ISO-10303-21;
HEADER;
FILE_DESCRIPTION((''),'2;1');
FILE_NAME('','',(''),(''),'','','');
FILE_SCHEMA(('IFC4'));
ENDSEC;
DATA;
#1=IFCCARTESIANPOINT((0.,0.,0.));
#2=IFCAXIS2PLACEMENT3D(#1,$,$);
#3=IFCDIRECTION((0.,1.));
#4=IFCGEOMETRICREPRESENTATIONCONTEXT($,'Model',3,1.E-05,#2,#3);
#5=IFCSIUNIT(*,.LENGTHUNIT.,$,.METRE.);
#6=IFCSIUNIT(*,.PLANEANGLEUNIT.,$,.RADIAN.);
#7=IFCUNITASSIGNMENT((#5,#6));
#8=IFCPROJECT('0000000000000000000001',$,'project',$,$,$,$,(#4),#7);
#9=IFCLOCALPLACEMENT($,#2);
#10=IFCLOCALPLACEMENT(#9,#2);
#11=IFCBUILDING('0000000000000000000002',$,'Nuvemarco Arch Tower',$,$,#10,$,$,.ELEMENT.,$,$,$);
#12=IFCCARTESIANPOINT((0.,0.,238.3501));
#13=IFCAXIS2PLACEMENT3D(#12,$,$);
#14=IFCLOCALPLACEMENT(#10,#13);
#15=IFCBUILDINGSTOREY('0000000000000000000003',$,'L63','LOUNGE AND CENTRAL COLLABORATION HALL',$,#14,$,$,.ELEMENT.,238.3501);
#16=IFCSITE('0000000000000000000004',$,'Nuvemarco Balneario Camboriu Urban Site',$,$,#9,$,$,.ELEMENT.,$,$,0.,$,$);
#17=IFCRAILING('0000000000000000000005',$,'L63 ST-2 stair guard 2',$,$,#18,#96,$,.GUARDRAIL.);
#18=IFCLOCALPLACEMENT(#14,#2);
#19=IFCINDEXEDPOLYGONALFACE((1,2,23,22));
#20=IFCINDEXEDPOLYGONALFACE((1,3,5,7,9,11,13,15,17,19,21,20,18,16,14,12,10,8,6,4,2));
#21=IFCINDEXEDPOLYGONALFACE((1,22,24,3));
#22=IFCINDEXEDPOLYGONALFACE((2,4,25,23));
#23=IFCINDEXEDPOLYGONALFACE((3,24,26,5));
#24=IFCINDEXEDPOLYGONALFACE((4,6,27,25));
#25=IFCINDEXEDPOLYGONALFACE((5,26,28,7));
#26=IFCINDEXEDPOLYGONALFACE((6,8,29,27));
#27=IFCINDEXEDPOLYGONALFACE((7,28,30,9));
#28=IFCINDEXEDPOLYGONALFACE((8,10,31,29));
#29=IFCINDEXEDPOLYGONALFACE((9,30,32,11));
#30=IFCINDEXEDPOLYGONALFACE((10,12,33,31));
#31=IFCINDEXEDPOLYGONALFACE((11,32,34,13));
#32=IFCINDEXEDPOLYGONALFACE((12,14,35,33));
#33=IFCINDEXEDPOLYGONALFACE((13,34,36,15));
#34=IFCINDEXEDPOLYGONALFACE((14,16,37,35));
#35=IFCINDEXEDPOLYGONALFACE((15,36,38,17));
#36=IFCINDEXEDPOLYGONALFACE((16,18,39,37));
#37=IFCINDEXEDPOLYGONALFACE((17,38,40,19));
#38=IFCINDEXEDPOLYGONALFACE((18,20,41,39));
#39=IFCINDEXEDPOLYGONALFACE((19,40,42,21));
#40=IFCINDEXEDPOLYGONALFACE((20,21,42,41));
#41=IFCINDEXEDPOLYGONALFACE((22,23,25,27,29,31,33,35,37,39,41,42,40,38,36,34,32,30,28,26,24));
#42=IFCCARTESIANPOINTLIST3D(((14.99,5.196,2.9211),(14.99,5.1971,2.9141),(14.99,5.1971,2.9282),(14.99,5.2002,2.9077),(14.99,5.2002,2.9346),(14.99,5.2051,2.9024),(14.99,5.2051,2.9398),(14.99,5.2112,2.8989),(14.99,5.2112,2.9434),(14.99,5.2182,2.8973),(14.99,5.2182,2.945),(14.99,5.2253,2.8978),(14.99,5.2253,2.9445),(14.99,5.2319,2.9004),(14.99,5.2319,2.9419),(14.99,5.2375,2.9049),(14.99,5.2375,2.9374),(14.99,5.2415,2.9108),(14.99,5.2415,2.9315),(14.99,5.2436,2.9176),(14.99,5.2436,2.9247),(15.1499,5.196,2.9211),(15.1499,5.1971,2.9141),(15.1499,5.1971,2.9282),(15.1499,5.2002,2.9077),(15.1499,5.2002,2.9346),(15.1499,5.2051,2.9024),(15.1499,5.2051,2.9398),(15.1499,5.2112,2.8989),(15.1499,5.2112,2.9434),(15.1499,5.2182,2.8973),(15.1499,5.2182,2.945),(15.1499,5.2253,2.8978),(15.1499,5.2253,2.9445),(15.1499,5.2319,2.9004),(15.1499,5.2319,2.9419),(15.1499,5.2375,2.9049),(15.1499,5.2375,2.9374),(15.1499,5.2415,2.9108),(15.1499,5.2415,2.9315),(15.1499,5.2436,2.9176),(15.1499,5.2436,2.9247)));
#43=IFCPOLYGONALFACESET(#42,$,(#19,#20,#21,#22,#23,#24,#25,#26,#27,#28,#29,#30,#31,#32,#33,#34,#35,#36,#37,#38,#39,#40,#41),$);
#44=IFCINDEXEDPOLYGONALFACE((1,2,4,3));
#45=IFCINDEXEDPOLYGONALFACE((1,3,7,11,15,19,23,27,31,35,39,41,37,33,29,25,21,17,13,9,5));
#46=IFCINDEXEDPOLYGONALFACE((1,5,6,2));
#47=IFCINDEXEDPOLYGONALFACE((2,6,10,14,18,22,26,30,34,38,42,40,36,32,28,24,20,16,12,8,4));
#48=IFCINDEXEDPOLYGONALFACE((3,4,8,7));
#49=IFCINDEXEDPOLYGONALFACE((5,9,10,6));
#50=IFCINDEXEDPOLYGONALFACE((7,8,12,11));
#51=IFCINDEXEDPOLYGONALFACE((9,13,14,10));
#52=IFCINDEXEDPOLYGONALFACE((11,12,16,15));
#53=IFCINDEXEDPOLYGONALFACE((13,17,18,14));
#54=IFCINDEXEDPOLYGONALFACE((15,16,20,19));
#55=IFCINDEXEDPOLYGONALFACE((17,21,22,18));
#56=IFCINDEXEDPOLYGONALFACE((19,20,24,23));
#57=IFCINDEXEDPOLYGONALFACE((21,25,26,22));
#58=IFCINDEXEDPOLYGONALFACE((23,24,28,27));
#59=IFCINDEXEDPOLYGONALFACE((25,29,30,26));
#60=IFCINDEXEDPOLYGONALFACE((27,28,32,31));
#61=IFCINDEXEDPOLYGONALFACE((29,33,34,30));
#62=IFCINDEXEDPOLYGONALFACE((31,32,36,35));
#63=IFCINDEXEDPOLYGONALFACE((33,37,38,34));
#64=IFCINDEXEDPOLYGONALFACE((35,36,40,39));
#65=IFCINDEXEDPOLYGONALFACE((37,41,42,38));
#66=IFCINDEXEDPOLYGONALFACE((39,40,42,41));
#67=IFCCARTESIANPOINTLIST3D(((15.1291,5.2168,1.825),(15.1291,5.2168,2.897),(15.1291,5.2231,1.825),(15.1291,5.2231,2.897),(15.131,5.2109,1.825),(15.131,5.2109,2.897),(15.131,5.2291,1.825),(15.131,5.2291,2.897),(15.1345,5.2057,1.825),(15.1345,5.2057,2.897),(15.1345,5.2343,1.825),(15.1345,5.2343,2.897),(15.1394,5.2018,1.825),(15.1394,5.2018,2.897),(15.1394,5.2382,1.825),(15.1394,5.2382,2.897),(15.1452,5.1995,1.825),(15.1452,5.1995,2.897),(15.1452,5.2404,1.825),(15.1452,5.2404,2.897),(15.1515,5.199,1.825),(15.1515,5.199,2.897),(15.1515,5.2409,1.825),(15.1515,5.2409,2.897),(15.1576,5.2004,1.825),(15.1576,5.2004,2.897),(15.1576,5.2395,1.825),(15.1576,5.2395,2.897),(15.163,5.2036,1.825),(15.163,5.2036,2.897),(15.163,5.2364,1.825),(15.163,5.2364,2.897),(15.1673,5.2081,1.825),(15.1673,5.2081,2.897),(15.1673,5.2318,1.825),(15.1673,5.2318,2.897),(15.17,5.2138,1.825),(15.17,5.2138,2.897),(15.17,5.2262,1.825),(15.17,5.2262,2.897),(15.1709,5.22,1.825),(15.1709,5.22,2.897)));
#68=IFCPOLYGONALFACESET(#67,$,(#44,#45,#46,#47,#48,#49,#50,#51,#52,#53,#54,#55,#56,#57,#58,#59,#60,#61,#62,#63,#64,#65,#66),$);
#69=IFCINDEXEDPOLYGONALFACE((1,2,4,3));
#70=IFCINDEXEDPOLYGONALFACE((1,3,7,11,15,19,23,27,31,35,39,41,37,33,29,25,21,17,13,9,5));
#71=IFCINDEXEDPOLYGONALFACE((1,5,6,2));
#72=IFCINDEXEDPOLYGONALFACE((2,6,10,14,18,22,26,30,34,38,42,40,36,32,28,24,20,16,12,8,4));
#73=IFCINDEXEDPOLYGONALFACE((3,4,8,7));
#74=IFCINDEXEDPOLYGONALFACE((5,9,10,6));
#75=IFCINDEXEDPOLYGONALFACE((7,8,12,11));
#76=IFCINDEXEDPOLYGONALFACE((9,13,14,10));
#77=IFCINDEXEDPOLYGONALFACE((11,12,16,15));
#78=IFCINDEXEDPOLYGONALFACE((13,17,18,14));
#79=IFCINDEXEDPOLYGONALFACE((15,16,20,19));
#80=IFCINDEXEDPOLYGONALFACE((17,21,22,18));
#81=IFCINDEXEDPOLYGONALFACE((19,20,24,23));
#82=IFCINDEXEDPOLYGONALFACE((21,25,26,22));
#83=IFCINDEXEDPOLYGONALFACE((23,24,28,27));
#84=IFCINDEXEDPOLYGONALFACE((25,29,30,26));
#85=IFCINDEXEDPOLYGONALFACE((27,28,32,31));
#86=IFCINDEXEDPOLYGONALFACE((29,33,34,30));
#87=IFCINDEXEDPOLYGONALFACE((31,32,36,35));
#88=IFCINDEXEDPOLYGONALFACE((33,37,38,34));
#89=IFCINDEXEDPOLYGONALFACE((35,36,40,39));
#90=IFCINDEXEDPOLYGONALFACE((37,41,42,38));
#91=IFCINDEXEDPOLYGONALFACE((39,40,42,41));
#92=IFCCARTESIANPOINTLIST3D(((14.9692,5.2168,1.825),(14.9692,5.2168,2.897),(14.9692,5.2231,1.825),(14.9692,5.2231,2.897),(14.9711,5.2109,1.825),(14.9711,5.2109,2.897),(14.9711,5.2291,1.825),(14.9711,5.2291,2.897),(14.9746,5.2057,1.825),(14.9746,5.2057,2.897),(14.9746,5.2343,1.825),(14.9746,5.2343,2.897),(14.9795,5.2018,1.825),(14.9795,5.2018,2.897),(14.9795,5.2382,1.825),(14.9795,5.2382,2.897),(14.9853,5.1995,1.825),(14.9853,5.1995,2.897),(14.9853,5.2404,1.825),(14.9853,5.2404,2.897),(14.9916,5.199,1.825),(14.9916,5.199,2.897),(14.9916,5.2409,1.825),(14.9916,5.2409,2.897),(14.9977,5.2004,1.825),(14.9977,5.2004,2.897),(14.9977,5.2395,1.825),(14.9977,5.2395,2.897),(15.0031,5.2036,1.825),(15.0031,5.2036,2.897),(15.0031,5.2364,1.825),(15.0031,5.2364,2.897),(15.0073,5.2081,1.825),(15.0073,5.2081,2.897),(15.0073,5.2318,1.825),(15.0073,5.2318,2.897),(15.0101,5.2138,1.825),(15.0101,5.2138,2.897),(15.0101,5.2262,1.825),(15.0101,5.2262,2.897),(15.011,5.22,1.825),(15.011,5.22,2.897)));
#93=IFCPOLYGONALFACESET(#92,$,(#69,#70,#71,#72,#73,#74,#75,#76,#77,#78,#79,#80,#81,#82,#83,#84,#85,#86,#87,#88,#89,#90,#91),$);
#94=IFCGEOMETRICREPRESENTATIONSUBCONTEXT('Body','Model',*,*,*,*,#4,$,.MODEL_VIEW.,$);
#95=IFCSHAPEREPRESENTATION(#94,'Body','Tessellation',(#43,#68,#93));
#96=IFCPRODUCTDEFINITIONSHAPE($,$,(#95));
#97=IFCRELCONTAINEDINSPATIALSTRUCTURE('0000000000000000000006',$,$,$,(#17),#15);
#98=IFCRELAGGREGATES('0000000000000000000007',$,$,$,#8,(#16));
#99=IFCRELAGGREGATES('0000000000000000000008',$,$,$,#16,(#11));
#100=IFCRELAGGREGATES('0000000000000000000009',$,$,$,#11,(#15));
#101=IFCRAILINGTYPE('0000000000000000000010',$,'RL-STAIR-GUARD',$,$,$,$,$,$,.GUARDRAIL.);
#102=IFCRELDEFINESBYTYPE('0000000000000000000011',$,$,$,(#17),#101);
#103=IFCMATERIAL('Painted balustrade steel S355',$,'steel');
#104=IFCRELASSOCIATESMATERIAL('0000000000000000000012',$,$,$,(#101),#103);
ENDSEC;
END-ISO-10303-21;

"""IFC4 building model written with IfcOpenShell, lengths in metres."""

from ifc_helpers import new_model, si_unit, direction, frame, origin, origin_2d, place, context, subcontext, project, spatial, circle, extrude, material, type_object, element, save


model = new_model("IFC4")

# Units and contexts
model_context = context("Model", 3, precision=1e-05, world=origin(), true_north=direction((0.0, 1.0)))
body_context = subcontext(model_context, "Body", "Model", "MODEL_VIEW")
ifc_project = project(units=[si_unit("LENGTHUNIT", "METRE"), si_unit("PLANEANGLEUNIT", "RADIAN")], contexts=[model_context])

# Site, building, storey
site_placement = place(None, origin())
site = spatial("IfcSite", under=ifc_project, at=site_placement, Name="Nuvemarco Balneario Camboriu Urban Site", CompositionType="ELEMENT", RefElevation=0.0)
building_placement = place(site_placement, origin())
building = spatial("IfcBuilding", under=site, at=building_placement, Name="Nuvemarco Arch Tower", CompositionType="ELEMENT")
storey_placement = place(building_placement, frame((0.0, 0.0, 238.3501)))
storey = spatial("IfcBuildingStorey", under=building, at=storey_placement, Name="L63", Description="LOUNGE AND CENTRAL COLLABORATION HALL", CompositionType="ELEMENT", Elevation=238.3501)

# Railing
ifc_material_1 = material(Name="Painted balustrade steel S355", Category="steel")
railing_type_1 = type_object("IfcRailingType", Name="RL-STAIR-GUARD", PredefinedType="GUARDRAIL", material=ifc_material_1)
railing_1_placement = place(storey_placement, frame((15.1499, 5.22, 1.825)))
element("IfcRailing", 1, at=railing_1_placement, inside=storey, type_object=railing_type_1, Name="L63 ST-2 stair guard 2", PredefinedType="GUARDRAIL", context=body_context, shape_type="SweptSolid", body=[
    extrude(circle(Radius=0.0239, at=origin_2d()), frame((0.0, 0.0, 1.0962), z_axis=(-1.0, 0.0, 0.0), x_axis=(0.0, -1.0, 0.0)), (0.0, 0.0, 1.0), 0.1599),
    extrude(circle(Radius=0.021, at=origin_2d()), origin(), (0.0, 0.0, 1.0), 1.072),
    extrude(circle(Radius=0.021, at=origin_2d()), frame((-0.1599, 0.0, 0.0)), (0.0, 0.0, 1.0), 1.072),
])

save(model, "model.ifc")
